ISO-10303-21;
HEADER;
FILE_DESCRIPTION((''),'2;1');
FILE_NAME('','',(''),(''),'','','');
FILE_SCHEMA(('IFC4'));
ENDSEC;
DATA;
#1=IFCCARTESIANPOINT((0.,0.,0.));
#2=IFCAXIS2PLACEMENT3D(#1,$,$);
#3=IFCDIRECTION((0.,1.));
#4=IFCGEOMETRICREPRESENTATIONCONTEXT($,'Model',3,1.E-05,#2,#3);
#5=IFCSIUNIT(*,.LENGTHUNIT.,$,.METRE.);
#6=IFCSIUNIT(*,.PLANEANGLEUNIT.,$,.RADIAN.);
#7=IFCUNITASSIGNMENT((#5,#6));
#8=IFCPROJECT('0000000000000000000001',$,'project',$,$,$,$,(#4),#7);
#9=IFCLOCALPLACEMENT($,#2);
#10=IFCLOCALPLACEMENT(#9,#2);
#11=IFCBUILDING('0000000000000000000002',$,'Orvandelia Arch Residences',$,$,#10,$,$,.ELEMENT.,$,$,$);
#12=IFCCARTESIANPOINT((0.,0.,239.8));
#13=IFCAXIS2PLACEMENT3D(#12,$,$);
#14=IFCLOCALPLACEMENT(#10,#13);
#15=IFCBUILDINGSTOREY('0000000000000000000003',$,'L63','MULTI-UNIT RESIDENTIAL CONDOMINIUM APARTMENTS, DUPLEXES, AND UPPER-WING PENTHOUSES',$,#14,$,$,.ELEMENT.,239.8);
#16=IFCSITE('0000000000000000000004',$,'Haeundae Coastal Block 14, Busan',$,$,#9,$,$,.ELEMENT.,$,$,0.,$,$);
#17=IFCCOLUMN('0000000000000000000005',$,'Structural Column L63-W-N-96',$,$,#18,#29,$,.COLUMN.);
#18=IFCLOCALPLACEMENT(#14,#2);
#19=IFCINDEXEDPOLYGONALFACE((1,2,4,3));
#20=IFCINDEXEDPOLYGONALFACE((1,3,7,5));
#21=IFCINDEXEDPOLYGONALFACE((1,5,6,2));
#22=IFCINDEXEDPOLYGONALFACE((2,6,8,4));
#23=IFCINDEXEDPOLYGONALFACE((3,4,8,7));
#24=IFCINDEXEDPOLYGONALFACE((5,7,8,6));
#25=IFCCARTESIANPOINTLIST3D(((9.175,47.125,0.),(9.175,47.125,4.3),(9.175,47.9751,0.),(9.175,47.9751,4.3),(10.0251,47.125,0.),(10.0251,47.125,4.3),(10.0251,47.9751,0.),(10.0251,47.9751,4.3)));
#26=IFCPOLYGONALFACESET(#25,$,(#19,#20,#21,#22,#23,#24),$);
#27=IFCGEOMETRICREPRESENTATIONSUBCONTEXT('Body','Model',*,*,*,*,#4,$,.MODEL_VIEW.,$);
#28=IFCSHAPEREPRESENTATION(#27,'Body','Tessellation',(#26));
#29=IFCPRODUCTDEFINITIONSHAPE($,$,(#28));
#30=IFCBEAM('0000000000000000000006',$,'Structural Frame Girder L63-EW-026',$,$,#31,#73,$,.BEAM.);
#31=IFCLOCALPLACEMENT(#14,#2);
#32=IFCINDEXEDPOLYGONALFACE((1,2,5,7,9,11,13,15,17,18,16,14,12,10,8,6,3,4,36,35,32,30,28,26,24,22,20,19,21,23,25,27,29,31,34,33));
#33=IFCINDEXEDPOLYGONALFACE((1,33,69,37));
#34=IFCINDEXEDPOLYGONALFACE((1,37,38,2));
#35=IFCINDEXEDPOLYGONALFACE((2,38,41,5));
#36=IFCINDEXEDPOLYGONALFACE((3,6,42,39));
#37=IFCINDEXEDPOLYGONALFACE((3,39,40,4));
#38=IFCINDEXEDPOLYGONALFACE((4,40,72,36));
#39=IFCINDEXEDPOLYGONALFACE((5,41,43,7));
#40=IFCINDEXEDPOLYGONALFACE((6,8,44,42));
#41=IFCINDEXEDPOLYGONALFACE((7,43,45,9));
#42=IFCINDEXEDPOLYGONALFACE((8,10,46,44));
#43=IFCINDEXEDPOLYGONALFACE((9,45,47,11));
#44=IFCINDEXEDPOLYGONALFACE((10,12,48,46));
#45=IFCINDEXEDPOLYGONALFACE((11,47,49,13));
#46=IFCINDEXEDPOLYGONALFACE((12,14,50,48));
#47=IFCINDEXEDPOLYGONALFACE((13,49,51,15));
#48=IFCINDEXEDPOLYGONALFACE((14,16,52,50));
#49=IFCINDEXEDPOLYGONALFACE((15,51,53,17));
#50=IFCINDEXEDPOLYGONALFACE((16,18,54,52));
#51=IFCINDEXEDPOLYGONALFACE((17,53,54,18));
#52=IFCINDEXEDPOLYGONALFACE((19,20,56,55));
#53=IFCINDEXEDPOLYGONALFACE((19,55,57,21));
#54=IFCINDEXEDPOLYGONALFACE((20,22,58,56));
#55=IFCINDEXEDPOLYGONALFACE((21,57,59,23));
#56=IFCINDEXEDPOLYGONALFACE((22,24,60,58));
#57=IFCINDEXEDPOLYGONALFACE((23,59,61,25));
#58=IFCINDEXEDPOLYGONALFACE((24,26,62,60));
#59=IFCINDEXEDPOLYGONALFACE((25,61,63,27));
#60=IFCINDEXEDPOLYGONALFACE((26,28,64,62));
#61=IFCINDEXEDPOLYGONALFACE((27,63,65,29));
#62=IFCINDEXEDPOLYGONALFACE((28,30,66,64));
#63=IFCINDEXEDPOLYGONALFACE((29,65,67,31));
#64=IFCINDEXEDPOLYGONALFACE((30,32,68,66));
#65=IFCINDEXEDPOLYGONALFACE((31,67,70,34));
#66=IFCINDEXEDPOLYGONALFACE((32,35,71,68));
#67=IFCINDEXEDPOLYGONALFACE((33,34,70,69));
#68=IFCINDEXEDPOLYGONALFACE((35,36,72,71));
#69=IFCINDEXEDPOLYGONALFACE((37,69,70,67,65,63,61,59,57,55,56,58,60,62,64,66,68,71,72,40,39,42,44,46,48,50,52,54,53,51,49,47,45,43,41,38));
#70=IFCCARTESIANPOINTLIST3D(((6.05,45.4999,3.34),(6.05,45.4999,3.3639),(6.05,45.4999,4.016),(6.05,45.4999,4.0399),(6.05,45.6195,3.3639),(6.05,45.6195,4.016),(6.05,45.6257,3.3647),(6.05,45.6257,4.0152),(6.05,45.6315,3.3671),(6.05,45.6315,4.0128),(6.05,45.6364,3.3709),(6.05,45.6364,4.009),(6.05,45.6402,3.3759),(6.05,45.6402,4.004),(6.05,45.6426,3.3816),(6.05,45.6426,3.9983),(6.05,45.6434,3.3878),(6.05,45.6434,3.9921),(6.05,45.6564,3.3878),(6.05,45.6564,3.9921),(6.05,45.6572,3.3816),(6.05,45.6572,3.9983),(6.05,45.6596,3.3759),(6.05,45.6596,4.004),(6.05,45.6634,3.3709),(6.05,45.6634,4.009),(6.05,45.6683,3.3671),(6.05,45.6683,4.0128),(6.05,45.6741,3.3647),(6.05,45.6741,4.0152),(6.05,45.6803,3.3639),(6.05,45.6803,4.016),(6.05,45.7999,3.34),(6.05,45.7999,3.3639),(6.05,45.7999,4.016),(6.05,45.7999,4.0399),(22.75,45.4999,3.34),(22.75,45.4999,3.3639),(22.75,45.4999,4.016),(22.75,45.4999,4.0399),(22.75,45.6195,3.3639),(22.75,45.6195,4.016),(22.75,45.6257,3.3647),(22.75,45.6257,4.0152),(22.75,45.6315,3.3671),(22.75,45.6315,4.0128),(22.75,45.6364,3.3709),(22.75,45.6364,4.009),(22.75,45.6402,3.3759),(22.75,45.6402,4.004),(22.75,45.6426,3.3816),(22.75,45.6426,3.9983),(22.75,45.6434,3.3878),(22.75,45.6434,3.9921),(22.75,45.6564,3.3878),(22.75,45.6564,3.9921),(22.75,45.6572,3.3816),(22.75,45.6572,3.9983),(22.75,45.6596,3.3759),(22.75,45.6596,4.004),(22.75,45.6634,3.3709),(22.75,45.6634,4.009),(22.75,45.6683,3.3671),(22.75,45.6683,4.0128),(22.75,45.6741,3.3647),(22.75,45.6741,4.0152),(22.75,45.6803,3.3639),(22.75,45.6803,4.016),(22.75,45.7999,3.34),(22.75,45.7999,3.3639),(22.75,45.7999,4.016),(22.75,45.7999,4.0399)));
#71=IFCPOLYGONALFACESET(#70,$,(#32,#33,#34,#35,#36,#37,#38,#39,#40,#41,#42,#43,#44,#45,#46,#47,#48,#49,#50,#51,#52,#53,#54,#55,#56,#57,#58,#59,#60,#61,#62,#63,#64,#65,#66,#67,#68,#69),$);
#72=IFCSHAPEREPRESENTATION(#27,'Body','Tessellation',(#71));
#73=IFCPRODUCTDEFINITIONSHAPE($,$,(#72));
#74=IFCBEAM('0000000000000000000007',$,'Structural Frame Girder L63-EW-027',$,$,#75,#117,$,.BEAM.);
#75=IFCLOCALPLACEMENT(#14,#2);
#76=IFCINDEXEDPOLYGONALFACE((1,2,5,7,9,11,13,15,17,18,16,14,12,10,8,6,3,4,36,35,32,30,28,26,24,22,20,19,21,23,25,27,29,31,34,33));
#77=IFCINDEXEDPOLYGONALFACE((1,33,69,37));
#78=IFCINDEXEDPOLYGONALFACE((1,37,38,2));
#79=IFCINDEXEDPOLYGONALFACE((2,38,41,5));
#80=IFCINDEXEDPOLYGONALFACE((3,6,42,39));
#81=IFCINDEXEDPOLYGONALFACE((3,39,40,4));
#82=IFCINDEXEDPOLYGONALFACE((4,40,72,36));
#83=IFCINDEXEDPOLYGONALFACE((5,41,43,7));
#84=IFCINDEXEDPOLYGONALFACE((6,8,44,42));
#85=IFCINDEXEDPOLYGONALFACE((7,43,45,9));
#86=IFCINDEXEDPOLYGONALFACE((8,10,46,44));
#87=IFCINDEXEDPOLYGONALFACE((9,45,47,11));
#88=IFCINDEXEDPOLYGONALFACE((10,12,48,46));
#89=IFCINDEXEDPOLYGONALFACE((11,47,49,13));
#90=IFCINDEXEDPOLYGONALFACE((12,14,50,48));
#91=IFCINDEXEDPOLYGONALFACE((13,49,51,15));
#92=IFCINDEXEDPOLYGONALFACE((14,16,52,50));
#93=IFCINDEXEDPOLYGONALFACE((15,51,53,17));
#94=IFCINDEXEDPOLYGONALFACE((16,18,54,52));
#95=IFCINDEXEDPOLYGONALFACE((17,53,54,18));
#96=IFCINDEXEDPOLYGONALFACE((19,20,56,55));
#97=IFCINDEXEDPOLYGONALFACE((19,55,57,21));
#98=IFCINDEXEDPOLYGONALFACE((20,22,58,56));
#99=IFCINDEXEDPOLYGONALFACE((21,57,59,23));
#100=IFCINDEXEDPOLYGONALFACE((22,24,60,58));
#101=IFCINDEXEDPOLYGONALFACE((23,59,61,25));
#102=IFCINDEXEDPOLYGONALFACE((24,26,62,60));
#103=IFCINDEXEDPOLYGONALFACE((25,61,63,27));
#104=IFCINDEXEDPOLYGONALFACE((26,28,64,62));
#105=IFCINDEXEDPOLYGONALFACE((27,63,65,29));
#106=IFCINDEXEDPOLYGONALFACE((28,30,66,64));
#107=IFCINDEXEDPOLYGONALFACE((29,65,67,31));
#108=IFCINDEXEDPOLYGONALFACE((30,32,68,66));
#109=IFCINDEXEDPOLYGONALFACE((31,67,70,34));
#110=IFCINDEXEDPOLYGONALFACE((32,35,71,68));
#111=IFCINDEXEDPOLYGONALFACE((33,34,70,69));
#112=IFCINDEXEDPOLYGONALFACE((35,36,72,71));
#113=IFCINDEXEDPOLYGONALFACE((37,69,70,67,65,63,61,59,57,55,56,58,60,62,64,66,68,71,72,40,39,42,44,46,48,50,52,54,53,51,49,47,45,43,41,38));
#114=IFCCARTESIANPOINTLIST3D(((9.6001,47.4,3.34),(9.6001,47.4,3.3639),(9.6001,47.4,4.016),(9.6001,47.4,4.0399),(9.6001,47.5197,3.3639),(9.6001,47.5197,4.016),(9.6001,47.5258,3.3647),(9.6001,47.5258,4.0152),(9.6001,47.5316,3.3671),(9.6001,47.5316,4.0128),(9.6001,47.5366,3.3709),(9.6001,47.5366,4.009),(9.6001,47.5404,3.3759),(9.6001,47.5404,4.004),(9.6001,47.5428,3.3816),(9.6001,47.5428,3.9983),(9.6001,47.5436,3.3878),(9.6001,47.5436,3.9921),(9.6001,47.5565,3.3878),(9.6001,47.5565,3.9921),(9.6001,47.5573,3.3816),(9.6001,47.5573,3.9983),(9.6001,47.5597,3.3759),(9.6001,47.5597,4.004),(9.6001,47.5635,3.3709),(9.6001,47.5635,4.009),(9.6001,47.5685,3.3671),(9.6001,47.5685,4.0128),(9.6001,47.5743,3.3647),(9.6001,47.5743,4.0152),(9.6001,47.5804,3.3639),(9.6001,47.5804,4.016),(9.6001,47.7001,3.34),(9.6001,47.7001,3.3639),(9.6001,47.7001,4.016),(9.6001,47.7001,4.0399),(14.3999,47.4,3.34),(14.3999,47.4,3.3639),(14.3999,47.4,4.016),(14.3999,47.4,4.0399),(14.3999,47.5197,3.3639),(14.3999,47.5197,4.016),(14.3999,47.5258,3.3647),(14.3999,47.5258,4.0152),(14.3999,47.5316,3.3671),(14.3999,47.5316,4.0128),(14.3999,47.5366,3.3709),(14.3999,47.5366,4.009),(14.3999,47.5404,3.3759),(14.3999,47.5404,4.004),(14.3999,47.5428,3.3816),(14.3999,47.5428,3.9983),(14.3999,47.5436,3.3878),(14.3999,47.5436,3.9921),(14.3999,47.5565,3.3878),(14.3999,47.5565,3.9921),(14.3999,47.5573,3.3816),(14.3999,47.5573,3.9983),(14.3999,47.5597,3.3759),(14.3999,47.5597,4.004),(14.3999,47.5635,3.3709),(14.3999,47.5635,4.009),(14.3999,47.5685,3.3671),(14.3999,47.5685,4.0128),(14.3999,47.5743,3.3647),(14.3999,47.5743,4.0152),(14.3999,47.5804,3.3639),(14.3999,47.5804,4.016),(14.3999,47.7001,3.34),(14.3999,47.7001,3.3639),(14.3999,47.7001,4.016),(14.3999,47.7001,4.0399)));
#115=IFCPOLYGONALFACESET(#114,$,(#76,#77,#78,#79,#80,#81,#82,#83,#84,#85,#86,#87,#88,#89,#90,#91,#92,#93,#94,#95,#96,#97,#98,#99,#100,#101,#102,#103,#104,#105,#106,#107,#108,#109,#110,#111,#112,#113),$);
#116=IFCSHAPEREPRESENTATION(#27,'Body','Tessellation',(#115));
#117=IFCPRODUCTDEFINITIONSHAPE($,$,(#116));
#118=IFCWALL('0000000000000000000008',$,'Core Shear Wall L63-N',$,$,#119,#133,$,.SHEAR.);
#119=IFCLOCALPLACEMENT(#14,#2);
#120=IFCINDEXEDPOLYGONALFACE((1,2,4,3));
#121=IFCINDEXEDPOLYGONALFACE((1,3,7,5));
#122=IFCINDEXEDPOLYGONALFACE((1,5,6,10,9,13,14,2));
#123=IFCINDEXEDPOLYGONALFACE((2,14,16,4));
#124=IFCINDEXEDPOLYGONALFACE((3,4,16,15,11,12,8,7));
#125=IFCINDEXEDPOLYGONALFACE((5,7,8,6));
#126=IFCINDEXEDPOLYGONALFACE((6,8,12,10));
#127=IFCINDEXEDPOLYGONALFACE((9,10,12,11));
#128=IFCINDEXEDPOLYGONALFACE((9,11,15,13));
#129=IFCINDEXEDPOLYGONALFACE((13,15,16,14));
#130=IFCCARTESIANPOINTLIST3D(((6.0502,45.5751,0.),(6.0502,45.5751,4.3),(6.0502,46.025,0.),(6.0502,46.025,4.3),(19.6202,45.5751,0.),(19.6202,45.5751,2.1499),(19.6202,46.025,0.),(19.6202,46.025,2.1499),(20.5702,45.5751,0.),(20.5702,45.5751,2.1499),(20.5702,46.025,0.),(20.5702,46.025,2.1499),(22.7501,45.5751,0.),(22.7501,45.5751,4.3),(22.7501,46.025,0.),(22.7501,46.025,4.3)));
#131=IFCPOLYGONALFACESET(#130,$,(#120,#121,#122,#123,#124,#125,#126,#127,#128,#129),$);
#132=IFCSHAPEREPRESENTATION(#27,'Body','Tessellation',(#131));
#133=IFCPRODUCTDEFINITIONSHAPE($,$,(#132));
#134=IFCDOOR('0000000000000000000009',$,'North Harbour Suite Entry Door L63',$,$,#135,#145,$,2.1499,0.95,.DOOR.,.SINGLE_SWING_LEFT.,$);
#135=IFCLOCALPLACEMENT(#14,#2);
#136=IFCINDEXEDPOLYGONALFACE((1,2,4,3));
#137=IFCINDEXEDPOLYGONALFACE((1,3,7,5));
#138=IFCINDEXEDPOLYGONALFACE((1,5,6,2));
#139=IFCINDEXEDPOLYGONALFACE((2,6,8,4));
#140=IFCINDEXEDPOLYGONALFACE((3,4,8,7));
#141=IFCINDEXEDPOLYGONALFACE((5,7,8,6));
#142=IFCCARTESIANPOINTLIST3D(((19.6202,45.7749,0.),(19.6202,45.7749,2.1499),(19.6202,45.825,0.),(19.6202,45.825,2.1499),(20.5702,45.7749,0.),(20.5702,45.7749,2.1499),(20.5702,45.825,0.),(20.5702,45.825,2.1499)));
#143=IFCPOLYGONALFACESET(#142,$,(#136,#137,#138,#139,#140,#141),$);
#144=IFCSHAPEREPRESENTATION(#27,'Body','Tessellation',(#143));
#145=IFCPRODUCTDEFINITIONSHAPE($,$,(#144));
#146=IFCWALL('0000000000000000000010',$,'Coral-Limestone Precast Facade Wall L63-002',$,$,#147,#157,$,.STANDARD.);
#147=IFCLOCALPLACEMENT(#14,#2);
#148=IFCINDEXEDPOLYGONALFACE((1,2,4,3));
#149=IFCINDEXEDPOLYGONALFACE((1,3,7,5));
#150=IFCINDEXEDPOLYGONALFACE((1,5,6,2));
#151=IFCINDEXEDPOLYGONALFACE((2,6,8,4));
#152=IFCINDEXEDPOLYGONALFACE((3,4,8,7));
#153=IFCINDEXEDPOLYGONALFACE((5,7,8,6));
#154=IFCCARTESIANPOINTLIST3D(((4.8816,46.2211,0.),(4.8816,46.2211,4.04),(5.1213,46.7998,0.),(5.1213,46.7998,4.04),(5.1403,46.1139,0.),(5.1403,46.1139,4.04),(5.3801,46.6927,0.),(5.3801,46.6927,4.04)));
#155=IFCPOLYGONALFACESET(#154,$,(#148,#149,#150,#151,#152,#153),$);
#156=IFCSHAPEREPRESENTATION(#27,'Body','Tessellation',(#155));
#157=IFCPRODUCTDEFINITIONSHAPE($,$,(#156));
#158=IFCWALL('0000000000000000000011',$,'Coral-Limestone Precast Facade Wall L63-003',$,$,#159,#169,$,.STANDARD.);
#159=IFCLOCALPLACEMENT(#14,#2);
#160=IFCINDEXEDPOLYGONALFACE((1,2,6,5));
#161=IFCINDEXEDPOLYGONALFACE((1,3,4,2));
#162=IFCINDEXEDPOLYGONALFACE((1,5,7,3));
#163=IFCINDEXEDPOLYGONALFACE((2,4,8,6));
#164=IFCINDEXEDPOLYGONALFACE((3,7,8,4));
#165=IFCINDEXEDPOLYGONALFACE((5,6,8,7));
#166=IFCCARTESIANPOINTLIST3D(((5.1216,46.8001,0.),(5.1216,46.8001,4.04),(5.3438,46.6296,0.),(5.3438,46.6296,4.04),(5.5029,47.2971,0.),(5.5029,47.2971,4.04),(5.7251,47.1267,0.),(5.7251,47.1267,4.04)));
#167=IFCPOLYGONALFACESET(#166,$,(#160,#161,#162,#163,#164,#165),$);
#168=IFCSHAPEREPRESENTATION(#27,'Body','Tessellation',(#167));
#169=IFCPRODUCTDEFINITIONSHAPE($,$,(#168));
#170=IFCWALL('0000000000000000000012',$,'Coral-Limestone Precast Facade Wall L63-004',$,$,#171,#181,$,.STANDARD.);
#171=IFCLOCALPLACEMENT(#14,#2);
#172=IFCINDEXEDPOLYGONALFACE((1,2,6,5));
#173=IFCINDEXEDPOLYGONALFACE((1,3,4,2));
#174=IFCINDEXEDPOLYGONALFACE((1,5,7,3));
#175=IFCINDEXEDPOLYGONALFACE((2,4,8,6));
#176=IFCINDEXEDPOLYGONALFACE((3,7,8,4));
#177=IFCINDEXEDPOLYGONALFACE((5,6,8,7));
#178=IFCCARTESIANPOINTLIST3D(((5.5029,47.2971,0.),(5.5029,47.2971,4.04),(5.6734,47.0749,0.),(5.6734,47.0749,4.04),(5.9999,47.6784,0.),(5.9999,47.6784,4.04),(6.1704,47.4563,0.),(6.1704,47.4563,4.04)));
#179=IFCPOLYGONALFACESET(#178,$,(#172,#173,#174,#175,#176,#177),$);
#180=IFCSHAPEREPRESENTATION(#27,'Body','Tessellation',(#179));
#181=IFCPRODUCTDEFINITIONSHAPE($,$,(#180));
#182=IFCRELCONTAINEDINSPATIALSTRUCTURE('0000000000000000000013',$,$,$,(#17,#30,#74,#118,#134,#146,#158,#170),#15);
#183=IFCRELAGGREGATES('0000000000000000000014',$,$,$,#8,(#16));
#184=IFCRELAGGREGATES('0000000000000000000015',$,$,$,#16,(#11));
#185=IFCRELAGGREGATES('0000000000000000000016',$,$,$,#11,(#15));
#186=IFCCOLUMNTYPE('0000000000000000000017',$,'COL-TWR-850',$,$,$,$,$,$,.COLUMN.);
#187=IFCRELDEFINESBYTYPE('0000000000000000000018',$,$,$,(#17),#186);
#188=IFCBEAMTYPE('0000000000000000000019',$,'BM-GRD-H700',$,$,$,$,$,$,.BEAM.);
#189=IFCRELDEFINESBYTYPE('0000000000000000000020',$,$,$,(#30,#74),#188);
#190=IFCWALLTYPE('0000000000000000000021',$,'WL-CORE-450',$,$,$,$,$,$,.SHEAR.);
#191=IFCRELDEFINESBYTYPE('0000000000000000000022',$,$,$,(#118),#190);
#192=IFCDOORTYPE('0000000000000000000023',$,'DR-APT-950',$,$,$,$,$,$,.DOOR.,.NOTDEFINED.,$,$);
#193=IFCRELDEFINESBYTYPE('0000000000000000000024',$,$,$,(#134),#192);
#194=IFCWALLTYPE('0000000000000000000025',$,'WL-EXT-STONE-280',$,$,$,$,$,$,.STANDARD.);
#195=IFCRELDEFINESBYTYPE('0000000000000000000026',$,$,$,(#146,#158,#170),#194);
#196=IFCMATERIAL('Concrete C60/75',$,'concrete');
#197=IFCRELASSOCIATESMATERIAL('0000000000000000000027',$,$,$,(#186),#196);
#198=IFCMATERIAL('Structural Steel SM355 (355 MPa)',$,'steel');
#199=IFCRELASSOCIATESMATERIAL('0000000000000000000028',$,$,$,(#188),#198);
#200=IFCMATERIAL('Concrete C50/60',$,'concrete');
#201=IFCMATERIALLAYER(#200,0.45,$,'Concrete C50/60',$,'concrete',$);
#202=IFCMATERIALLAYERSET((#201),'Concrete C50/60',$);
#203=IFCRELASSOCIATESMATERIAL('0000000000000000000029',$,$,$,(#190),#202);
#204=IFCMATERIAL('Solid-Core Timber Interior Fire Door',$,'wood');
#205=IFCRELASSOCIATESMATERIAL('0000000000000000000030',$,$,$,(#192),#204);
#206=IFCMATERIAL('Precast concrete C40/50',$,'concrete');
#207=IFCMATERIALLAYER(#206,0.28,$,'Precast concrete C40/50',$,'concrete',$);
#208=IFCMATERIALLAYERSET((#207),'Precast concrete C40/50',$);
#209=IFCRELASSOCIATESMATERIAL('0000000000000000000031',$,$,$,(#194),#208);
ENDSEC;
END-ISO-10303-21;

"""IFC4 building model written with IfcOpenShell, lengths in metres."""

from ifc_helpers import new_model, si_unit, direction, frame, frame_2d, origin, origin_2d, place, context, subcontext, project, spatial, rectangle, i_section, extrude, material, layer, layer_set, material_profile, profile_set, type_object, element, fill, save


model = new_model("IFC4")

# Units and contexts
model_context = context("Model", 3, precision=1e-05, world=origin(), true_north=direction((0.0, 1.0)))
body_context = subcontext(model_context, "Body", "Model", "MODEL_VIEW")
ifc_project = project(units=[si_unit("LENGTHUNIT", "METRE"), si_unit("PLANEANGLEUNIT", "RADIAN")], contexts=[model_context])

# Site, building, storey
site_placement = place(None, origin())
site = spatial("IfcSite", under=ifc_project, at=site_placement, Name="Haeundae Coastal Block 14, Busan", CompositionType="ELEMENT", RefElevation=0.0)
building_placement = place(site_placement, origin())
building = spatial("IfcBuilding", under=site, at=building_placement, Name="Orvandelia Arch Residences", CompositionType="ELEMENT")
storey_placement = place(building_placement, frame((0.0, 0.0, 239.8)))
storey = spatial("IfcBuildingStorey", under=building, at=storey_placement, Name="L63", Description="MULTI-UNIT RESIDENTIAL CONDOMINIUM APARTMENTS, DUPLEXES, AND UPPER-WING PENTHOUSES", CompositionType="ELEMENT", Elevation=239.8)

# Column
ifc_material_1 = material(Name="Concrete C60/75", Category="concrete")
ifc_material_profile_1 = material_profile(ifc_material_1, rectangle(XDim=0.8501, YDim=0.8501, at=origin_2d()), Name="Concrete C60/75", Category="concrete")
ifc_profile_set_1 = profile_set([ifc_material_profile_1], Name="Concrete C60/75")
column_type = type_object("IfcColumnType", Name="COL-TWR-850", PredefinedType="COLUMN", material=ifc_profile_set_1)
column_placement = place(storey_placement, frame((9.6001, 47.55, 0.0), z_axis=(0.0, 0.0, 1.0), x_axis=(1.0, 0.0, 0.0)))
element("IfcColumn", 1, at=column_placement, inside=storey, type_object=column_type, Name="Structural Column L63-W-N-96", PredefinedType="COLUMN", context=body_context, shape_type="SweptSolid", body=[
    extrude(rectangle(XDim=0.8501, YDim=0.8501, at=origin_2d()), origin(), (0.0, 0.0, 1.0), 4.3),
])

# Beams
ifc_material_2 = material(Name="Structural Steel SM355 (355 MPa)", Category="steel")
ifc_material_profile_2 = material_profile(ifc_material_2, i_section(OverallWidth=0.3, OverallDepth=0.7, WebThickness=0.0129, FlangeThickness=0.0239, FilletRadius=0.0239, at=origin_2d()), Name="Structural Steel SM355 (355 MPa)", Category="steel")
ifc_profile_set_2 = profile_set([ifc_material_profile_2], Name="Structural Steel SM355 (355 MPa)")
beam_type = type_object("IfcBeamType", Name="BM-GRD-H700", PredefinedType="BEAM", material=ifc_profile_set_2)
beam_1_placement = place(storey_placement, frame((6.05, 45.6499, 3.6899), z_axis=(1.0, 0.0, 0.0), x_axis=(0.0, 1.0, 0.0)))
element("IfcBeam", 2, at=beam_1_placement, inside=storey, type_object=beam_type, Name="Structural Frame Girder L63-EW-026", PredefinedType="BEAM", context=body_context, shape_type="SweptSolid", body=[
    extrude(i_section(OverallWidth=0.3, OverallDepth=0.7, WebThickness=0.0129, FlangeThickness=0.0239, FilletRadius=0.0239, at=origin_2d()), origin(), (0.0, 0.0, 1.0), 16.7),
])
beam_2_placement = place(storey_placement, frame((9.6001, 47.55, 3.6899), z_axis=(1.0, 0.0, 0.0), x_axis=(0.0, 1.0, 0.0)))
element("IfcBeam", 3, at=beam_2_placement, inside=storey, type_object=beam_type, Name="Structural Frame Girder L63-EW-027", PredefinedType="BEAM", context=body_context, shape_type="SweptSolid", body=[
    extrude(i_section(OverallWidth=0.3, OverallDepth=0.7, WebThickness=0.0129, FlangeThickness=0.0239, FilletRadius=0.0239, at=origin_2d()), origin(), (0.0, 0.0, 1.0), 4.7998),
])

# Wall, opening, door
ifc_material_3 = material(Name="Concrete C50/60", Category="concrete")
ifc_layer_1 = layer(ifc_material_3, 0.45, Name="Concrete C50/60", Category="concrete")
ifc_layer_set_1 = layer_set([ifc_layer_1], Name="Concrete C50/60")
wall_type_1 = type_object("IfcWallType", Name="WL-CORE-450", PredefinedType="SHEAR", material=ifc_layer_set_1)
wall_1_placement = place(storey_placement, frame((6.05, 45.8, 0.0), z_axis=(0.0, 0.0, 1.0), x_axis=(1.0, 0.0, 0.0)))
wall_1 = element("IfcWall", 4, at=wall_1_placement, inside=storey, type_object=wall_type_1, Name="Core Shear Wall L63-N", PredefinedType="SHEAR", context=body_context, shape_type="SweptSolid", body=[
    extrude(rectangle(XDim=16.7, YDim=0.45, at=frame_2d((8.3501, 0.0))), origin(), (0.0, 0.0, 1.0), 4.3),
])
opening_1_placement = place(wall_1_placement, frame((13.5701, 0.0, 0.0)))
opening_1 = element("IfcOpeningElement", 5, at=opening_1_placement, cuts=wall_1, PredefinedType="OPENING", context=body_context, shape_type="SweptSolid", body=[
    extrude(rectangle(XDim=0.95, YDim=2.1499, at=frame_2d((0.4751, 1.075))), frame((0.0, 0.2349, 0.0), z_axis=(0.0, -1.0, 0.0), x_axis=(1.0, 0.0, 0.0)), (0.0, 0.0, 1.0), 0.47),
])
ifc_material_4 = material(Name="Solid-Core Timber Interior Fire Door", Category="wood")
door_type = type_object("IfcDoorType", Name="DR-APT-950", OperationType="NOTDEFINED", PredefinedType="DOOR", material=ifc_material_4)
door_placement = place(opening_1_placement, origin())
door = element("IfcDoor", 6, at=door_placement, inside=storey, type_object=door_type, Name="North Harbour Suite Entry Door L63", OperationType="SINGLE_SWING_LEFT", OverallHeight=2.1499, OverallWidth=0.95, PredefinedType="DOOR", context=body_context, shape_type="SweptSolid", body=[
    extrude(rectangle(XDim=0.95, YDim=2.1499, at=frame_2d((0.4751, 1.075))), frame((0.0, 0.0249, 0.0), z_axis=(0.0, -1.0, 0.0), x_axis=(1.0, 0.0, 0.0)), (0.0, 0.0, 1.0), 0.05),
])
fill(opening_1, door)

# Walls
ifc_material_5 = material(Name="Precast concrete C40/50", Category="concrete")
ifc_layer_2 = layer(ifc_material_5, 0.28, Name="Precast concrete C40/50", Category="concrete")
ifc_layer_set_2 = layer_set([ifc_layer_2], Name="Precast concrete C40/50")
wall_type_2 = type_object("IfcWallType", Name="WL-EXT-STONE-280", PredefinedType="STANDARD", material=ifc_layer_set_2)
for number, where, z_axis, x_axis, name in (
    (7, (5.011, 46.1675, 0.0), (0.0, 0.0, 1.0), (0.38265, 0.923893, 0.0), "Coral-Limestone Precast Facade Wall L63-002"),
    (8, (5.2327, 46.7148, 0.0), (0.0, 0.0, 1.0), (0.608693, 0.793406, 0.0), "Coral-Limestone Precast Facade Wall L63-003"),
    (9, (5.5881, 47.186, 0.0), (0.0, 0.0, 1.0), (0.793406, 0.608693, 0.0), "Coral-Limestone Precast Facade Wall L63-004"),
):
    element("IfcWall", number, at=place(storey_placement, frame(where, z_axis=z_axis, x_axis=x_axis)), inside=storey, type_object=wall_type_2, Name=name, PredefinedType="STANDARD", context=body_context, shape_type="SweptSolid", body=[
        extrude(rectangle(XDim=0.6265, YDim=0.28, at=frame_2d((0.3132, 0.0))), origin(), (0.0, 0.0, 1.0), 4.04),
    ])

save(model, "model.ifc")
